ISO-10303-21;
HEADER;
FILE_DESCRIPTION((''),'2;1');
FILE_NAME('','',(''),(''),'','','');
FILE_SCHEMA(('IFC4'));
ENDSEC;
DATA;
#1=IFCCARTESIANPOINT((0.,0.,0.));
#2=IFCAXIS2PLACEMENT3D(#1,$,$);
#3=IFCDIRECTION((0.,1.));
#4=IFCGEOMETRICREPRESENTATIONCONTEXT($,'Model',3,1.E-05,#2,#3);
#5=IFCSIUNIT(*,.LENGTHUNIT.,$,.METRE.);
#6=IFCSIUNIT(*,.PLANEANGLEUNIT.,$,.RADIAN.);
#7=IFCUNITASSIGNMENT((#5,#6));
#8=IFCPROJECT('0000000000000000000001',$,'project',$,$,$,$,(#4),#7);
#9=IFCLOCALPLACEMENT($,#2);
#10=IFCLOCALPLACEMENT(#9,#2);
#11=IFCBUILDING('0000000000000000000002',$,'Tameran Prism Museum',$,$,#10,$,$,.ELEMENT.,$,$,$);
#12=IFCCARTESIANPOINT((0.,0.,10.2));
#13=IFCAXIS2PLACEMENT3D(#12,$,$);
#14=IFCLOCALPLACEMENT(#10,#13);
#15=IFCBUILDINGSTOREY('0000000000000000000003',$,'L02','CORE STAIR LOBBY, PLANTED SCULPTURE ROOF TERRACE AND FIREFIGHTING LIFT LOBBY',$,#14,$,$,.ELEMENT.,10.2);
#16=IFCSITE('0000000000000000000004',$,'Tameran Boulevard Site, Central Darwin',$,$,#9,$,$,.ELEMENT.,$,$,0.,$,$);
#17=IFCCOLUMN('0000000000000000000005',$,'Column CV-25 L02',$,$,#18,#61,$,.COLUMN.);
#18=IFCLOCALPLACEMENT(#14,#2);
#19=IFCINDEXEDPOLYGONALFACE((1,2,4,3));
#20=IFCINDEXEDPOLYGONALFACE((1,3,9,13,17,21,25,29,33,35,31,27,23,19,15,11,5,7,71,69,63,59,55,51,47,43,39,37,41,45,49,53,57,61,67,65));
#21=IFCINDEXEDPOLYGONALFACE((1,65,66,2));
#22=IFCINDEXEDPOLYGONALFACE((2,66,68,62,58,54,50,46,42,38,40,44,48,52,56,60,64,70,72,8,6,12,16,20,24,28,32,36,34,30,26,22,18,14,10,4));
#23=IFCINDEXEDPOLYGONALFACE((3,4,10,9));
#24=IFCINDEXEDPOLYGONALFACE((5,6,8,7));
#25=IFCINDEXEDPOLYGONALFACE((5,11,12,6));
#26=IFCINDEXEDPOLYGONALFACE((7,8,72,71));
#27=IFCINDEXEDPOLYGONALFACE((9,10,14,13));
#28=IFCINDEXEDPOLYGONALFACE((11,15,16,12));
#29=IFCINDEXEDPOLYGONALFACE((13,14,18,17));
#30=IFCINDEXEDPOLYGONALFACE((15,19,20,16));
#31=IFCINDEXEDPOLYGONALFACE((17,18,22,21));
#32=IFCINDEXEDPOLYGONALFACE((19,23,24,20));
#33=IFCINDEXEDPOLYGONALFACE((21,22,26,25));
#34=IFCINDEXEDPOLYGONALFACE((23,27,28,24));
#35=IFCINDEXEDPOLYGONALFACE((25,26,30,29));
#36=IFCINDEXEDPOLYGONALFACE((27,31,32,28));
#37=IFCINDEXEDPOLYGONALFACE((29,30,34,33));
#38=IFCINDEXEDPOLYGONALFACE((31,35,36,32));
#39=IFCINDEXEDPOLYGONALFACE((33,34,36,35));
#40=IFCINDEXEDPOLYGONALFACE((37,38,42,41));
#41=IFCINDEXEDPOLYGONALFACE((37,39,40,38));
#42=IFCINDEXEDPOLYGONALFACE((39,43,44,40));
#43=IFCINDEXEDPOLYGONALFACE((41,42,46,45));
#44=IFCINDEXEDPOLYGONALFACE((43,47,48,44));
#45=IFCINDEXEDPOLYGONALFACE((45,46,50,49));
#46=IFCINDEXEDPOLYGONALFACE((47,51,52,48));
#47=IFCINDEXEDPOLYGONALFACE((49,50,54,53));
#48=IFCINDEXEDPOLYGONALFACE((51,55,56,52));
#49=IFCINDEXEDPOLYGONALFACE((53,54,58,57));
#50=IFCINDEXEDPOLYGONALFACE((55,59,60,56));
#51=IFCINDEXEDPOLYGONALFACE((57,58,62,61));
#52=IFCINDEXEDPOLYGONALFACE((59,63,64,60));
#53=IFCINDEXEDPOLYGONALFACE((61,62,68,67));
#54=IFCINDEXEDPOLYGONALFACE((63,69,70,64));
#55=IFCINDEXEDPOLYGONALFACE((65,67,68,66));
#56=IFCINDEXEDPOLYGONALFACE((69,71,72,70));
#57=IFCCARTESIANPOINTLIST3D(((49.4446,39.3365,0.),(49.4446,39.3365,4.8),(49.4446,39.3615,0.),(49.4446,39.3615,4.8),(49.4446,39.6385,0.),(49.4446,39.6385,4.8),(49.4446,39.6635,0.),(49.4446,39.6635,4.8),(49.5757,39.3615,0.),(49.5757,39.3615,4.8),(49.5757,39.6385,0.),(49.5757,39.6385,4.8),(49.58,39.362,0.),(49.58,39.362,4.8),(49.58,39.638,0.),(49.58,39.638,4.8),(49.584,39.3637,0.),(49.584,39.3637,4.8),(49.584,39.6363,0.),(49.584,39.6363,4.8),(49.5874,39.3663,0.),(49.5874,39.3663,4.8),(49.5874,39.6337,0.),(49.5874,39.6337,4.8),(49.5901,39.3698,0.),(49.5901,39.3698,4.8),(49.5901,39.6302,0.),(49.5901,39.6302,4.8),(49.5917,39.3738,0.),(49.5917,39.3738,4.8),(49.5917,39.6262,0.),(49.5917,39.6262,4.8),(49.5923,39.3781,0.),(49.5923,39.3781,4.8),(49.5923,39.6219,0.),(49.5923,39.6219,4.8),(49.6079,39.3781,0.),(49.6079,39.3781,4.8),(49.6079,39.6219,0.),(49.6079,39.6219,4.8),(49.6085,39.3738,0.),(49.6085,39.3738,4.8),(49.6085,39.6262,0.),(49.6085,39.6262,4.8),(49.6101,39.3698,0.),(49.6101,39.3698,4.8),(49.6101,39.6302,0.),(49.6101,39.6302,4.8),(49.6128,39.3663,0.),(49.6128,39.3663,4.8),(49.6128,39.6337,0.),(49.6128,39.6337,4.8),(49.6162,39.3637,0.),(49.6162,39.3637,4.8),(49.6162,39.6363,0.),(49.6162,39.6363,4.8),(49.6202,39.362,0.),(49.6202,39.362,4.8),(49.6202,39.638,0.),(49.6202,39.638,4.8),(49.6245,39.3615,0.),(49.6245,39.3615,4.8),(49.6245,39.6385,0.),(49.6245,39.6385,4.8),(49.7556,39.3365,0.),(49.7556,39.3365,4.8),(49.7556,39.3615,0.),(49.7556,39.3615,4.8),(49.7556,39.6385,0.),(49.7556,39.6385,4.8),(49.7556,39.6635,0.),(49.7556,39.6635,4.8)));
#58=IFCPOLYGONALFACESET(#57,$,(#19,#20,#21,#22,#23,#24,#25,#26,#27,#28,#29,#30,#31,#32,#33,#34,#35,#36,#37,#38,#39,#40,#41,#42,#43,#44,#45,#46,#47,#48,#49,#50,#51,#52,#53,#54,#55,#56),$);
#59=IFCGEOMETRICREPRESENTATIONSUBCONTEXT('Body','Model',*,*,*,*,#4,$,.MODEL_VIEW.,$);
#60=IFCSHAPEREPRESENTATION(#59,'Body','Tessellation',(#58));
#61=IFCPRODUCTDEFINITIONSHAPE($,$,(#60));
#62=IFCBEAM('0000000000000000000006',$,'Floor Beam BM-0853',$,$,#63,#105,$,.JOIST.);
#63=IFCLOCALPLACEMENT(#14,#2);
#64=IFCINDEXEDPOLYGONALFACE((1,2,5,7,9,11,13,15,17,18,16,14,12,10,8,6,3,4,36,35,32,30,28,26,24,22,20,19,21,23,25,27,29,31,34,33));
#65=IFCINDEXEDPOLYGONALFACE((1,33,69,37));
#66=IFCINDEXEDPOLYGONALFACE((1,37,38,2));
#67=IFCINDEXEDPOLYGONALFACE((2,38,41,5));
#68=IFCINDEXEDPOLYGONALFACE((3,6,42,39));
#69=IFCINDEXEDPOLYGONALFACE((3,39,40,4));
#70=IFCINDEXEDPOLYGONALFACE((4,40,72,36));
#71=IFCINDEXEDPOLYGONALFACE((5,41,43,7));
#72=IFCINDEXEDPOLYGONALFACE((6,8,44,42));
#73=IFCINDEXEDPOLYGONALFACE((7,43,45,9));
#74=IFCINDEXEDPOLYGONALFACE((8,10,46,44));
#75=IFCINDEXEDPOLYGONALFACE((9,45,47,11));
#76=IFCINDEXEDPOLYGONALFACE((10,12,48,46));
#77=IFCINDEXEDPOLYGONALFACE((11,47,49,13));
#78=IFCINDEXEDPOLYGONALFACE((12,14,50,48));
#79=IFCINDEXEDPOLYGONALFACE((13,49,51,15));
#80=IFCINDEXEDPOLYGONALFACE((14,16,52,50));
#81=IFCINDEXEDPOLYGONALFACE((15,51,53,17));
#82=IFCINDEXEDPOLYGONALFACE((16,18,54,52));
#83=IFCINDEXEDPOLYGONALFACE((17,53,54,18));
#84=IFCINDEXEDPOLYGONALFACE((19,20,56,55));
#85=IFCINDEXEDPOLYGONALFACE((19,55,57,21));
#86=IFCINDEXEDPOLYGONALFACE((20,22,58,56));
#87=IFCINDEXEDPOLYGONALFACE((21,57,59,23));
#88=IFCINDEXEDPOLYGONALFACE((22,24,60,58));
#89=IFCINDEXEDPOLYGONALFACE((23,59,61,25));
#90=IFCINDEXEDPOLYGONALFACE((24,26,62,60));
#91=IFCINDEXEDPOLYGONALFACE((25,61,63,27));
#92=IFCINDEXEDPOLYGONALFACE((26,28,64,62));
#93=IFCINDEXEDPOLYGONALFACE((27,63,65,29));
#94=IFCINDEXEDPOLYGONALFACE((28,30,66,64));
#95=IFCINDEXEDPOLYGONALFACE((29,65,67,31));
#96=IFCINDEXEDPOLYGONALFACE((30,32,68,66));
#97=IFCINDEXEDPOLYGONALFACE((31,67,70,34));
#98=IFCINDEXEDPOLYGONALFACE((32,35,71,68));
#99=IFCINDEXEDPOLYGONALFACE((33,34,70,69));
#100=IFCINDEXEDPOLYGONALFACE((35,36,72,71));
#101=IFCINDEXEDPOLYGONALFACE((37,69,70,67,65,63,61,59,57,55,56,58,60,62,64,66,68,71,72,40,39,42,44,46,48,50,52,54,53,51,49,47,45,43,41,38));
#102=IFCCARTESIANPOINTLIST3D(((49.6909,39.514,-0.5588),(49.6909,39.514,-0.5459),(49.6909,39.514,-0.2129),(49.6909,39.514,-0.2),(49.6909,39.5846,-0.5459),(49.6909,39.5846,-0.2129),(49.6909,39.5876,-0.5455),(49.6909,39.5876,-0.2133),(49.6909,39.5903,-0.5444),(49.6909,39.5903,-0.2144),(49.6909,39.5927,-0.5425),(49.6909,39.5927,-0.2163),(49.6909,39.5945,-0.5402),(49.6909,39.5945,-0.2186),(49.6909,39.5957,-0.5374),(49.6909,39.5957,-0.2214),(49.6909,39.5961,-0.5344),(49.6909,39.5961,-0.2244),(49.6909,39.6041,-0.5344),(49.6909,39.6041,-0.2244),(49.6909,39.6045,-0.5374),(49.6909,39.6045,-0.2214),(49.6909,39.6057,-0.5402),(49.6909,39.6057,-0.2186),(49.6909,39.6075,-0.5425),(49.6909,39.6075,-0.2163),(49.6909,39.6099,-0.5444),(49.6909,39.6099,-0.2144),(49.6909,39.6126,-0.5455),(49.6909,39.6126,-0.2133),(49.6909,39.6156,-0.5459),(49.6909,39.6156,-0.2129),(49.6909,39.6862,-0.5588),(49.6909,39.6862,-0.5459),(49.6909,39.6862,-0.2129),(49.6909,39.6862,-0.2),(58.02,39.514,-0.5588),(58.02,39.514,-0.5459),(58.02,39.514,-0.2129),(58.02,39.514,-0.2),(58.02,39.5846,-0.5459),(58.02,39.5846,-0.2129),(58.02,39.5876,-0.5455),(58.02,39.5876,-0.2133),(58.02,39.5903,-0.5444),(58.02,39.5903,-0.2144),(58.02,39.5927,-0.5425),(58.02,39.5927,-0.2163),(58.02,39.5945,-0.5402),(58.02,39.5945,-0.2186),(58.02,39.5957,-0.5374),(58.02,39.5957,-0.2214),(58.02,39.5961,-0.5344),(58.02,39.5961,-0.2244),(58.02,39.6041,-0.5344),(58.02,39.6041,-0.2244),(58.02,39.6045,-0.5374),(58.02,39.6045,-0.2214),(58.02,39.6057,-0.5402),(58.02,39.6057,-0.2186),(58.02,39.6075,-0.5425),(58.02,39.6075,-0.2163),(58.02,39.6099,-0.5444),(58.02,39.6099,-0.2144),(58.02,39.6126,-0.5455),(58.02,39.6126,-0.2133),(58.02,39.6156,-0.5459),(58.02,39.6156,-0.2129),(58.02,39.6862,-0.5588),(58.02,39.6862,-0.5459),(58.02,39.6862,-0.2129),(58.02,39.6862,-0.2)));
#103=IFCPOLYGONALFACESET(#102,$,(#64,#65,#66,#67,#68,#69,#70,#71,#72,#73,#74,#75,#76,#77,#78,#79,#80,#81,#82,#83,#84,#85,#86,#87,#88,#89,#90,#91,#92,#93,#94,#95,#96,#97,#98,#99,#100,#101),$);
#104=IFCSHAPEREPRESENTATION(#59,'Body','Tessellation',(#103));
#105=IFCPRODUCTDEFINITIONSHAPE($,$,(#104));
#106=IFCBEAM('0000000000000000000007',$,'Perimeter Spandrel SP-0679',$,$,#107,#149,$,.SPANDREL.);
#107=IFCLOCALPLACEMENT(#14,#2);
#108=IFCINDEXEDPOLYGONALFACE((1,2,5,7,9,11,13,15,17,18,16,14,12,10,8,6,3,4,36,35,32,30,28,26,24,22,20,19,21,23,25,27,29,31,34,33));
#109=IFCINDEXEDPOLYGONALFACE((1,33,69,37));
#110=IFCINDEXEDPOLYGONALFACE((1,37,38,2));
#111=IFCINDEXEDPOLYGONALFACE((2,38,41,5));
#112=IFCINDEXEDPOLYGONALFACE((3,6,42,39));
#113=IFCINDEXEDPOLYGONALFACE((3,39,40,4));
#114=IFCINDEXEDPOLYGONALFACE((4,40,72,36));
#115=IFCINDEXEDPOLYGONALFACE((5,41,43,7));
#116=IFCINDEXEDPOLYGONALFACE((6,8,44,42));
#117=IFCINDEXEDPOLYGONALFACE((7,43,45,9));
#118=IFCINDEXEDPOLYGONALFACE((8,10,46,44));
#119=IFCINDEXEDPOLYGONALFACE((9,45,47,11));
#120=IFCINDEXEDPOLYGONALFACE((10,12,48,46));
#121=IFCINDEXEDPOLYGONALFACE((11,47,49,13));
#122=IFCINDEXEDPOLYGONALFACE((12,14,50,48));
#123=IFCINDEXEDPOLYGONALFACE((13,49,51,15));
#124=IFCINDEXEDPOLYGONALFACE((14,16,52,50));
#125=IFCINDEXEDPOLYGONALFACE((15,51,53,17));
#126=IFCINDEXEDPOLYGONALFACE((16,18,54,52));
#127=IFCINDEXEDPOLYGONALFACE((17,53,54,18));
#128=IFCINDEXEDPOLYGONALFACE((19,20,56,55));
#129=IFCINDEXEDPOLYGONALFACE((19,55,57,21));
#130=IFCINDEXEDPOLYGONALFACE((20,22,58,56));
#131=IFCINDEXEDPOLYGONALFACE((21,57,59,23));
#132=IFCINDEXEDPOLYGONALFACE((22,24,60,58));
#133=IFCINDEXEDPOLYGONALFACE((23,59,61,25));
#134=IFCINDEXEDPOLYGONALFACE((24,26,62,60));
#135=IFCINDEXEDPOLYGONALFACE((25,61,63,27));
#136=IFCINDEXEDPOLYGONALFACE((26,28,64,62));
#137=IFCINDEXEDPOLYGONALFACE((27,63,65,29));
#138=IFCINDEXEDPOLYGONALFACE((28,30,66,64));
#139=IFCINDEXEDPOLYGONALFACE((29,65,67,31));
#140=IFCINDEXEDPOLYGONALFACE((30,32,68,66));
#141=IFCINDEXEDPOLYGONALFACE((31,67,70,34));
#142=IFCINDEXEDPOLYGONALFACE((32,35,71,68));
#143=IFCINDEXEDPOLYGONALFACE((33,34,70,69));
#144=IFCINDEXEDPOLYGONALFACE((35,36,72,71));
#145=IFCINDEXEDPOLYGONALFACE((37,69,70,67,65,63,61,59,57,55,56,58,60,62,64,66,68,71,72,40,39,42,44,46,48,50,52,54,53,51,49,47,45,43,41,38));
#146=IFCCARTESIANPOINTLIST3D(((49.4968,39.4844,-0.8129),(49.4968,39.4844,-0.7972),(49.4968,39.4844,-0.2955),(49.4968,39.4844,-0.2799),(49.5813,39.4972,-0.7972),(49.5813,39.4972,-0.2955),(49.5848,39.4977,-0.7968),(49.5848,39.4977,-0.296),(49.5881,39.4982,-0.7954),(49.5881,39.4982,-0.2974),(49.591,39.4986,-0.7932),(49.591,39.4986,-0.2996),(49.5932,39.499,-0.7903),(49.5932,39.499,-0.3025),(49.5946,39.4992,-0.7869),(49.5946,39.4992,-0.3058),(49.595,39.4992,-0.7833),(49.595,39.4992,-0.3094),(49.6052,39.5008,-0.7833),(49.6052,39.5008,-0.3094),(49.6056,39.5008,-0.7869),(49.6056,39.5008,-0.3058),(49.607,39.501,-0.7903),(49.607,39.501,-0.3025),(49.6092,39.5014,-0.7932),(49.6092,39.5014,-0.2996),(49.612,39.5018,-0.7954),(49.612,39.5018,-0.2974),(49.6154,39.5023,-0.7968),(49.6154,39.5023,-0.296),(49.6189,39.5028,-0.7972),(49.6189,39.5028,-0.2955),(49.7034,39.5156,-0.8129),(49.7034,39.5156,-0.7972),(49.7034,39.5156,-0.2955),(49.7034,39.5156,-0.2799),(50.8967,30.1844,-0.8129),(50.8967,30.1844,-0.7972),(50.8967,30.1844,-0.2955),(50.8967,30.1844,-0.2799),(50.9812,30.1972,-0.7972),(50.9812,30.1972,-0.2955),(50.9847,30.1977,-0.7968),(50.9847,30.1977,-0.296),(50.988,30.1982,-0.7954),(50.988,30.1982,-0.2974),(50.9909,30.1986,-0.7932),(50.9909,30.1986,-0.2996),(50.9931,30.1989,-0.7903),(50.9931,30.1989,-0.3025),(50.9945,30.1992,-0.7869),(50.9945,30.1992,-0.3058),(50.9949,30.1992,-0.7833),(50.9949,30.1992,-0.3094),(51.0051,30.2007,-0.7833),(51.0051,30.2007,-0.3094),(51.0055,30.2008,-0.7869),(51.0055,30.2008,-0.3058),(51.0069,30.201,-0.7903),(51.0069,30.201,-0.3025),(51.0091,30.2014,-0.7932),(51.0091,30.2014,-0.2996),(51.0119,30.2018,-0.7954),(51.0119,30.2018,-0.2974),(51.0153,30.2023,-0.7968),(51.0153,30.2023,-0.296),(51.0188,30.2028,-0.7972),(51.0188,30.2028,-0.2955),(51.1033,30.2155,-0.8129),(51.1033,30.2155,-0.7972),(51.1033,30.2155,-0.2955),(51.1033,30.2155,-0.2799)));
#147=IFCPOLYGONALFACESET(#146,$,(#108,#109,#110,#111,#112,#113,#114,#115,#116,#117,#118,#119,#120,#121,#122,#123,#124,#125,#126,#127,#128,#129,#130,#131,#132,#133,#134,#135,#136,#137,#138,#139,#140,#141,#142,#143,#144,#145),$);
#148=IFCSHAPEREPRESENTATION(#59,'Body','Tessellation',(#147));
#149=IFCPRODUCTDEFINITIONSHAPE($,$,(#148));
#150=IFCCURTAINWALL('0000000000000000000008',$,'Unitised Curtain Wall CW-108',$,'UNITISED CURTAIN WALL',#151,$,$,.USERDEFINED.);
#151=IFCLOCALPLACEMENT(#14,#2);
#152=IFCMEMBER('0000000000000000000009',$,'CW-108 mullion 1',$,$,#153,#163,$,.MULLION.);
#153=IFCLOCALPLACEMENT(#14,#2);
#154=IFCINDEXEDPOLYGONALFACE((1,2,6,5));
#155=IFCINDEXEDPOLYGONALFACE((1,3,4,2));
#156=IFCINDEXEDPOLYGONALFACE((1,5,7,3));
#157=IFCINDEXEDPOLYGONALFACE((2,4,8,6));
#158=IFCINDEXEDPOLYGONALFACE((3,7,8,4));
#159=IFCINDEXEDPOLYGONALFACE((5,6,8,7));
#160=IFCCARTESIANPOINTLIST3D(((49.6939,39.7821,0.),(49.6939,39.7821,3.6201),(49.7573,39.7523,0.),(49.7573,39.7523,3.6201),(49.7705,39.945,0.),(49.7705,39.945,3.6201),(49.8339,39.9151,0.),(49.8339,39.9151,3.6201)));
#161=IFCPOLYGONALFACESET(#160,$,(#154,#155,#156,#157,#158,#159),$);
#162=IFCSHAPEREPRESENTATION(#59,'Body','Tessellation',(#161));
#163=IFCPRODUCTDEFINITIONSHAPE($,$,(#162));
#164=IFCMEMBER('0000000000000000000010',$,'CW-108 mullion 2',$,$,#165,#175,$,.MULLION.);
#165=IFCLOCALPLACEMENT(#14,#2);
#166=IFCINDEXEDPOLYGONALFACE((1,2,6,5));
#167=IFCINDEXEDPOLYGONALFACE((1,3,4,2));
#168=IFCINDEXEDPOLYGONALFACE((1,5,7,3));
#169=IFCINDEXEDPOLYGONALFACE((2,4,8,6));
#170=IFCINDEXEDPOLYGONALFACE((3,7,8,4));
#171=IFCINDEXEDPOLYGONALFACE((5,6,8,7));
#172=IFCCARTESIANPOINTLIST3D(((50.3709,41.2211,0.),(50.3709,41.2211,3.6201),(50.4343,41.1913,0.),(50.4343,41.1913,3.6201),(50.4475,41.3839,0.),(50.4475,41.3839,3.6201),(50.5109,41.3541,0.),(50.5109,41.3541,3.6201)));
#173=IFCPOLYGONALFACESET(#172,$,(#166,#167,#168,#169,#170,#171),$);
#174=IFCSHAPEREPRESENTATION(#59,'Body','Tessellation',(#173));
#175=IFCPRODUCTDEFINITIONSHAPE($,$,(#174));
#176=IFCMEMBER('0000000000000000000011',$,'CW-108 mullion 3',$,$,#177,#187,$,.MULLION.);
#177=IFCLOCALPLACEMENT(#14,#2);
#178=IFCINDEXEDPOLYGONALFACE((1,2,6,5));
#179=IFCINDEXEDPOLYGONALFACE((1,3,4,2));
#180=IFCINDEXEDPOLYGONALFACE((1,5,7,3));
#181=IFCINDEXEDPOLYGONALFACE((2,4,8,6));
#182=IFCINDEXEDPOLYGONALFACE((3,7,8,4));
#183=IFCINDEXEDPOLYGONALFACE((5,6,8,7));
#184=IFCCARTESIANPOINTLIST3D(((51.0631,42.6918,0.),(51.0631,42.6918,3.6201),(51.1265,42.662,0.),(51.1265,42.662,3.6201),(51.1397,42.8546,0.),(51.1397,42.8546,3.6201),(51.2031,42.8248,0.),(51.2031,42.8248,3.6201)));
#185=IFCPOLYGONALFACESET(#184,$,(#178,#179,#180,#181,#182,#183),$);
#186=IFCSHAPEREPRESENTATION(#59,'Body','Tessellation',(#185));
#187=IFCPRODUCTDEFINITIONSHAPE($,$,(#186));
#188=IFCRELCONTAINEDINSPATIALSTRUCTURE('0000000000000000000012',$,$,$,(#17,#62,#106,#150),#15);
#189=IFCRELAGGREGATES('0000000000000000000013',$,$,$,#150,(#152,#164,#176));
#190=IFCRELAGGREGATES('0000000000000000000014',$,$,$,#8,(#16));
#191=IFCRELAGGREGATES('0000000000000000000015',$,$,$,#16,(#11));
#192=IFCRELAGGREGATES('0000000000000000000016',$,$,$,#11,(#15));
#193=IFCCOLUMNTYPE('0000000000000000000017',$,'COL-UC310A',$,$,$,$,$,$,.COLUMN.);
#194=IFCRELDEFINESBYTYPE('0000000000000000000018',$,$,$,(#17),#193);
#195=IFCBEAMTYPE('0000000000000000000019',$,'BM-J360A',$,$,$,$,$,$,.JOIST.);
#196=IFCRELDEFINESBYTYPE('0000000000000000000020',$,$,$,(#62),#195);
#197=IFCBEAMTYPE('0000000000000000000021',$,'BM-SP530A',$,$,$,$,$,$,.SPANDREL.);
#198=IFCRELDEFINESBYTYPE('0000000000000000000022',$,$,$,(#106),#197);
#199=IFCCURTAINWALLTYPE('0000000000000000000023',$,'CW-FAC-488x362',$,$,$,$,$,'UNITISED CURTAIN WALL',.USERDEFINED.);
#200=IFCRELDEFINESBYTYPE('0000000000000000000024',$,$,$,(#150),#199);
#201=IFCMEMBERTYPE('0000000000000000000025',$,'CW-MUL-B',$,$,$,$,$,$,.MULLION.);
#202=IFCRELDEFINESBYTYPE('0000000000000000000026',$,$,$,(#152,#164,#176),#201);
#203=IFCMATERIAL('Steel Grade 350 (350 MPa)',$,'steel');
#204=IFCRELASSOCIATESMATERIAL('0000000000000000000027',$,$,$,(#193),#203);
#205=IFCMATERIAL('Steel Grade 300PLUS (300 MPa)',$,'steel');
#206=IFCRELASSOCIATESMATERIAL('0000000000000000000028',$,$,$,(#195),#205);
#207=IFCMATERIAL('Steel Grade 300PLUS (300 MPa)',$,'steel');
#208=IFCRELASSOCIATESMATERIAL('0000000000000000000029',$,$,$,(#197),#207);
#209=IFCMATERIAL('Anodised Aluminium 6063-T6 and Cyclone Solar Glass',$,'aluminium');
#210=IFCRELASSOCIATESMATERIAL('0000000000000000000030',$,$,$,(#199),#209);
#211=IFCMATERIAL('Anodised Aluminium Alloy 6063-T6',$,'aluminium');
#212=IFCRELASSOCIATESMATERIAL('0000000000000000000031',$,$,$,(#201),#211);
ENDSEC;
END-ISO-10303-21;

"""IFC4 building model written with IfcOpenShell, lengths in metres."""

from ifc_helpers import new_model, si_unit, direction, frame, origin, origin_2d, place, context, subcontext, project, spatial, rectangle, i_section, extrude, material, material_profile, profile_set, type_object, element, aggregate, save


model = new_model("IFC4")

# Units and contexts
model_context = context("Model", 3, precision=1e-05, world=origin(), true_north=direction((0.0, 1.0)))
body_context = subcontext(model_context, "Body", "Model", "MODEL_VIEW")
ifc_project = project(units=[si_unit("LENGTHUNIT", "METRE"), si_unit("PLANEANGLEUNIT", "RADIAN")], contexts=[model_context])

# Site, building, storey
site_placement = place(None, origin())
site = spatial("IfcSite", under=ifc_project, at=site_placement, Name="Tameran Boulevard Site, Central Darwin", CompositionType="ELEMENT", RefElevation=0.0)
building_placement = place(site_placement, origin())
building = spatial("IfcBuilding", under=site, at=building_placement, Name="Tameran Prism Museum", CompositionType="ELEMENT")
storey_placement = place(building_placement, frame((0.0, 0.0, 10.2)))
storey = spatial("IfcBuildingStorey", under=building, at=storey_placement, Name="L02", Description="CORE STAIR LOBBY, PLANTED SCULPTURE ROOF TERRACE AND FIREFIGHTING LIFT LOBBY", CompositionType="ELEMENT", Elevation=10.2)

# Column
ifc_material_1 = material(Name="Steel Grade 350 (350 MPa)", Category="steel")
ifc_material_profile_1 = material_profile(ifc_material_1, i_section(OverallWidth=0.311, OverallDepth=0.3269, WebThickness=0.0156, FlangeThickness=0.0249, FilletRadius=0.0166, at=origin_2d()))
ifc_profile_set_1 = profile_set([ifc_material_profile_1])
column_type = type_object("IfcColumnType", Name="COL-UC310A", PredefinedType="COLUMN", material=ifc_profile_set_1)
column_placement = place(storey_placement, frame((49.6001, 39.5, 0.0), z_axis=(0.0, 0.0, 1.0), x_axis=(1.0, 0.0, 0.0)))
element("IfcColumn", 1, at=column_placement, inside=storey, type_object=column_type, Name="Column CV-25 L02", PredefinedType="COLUMN", context=body_context, shape_type="SweptSolid", body=[
    extrude(i_section(OverallWidth=0.311, OverallDepth=0.3269, WebThickness=0.0156, FlangeThickness=0.0249, FilletRadius=0.0166, at=origin_2d()), origin(), (0.0, 0.0, 1.0), 4.8),
])

# Beams
ifc_material_2 = material(Name="Steel Grade 300PLUS (300 MPa)", Category="steel")
ifc_material_profile_2 = material_profile(ifc_material_2, i_section(OverallWidth=0.1721, OverallDepth=0.3589, WebThickness=0.0081, FlangeThickness=0.0129, FilletRadius=0.0115, at=origin_2d()))
ifc_profile_set_2 = profile_set([ifc_material_profile_2])
beam_type_1 = type_object("IfcBeamType", Name="BM-J360A", PredefinedType="JOIST", material=ifc_profile_set_2)
beam_1_placement = place(storey_placement, frame((49.6909, 39.6001, -0.3794), z_axis=(1.0, 0.0, 0.0), x_axis=(0.0, 1.0, 0.0)))
element("IfcBeam", 2, at=beam_1_placement, inside=storey, type_object=beam_type_1, Name="Floor Beam BM-0853", PredefinedType="JOIST", context=body_context, shape_type="SweptSolid", body=[
    extrude(i_section(OverallWidth=0.1721, OverallDepth=0.3589, WebThickness=0.0081, FlangeThickness=0.0129, FilletRadius=0.0115, at=origin_2d()), origin(), (0.0, 0.0, 1.0), 8.3291),
])
ifc_material_3 = material(Name="Steel Grade 300PLUS (300 MPa)", Category="steel")
ifc_material_profile_3 = material_profile(ifc_material_3, i_section(OverallWidth=0.209, OverallDepth=0.533, WebThickness=0.0103, FlangeThickness=0.0156, FilletRadius=0.0139, at=origin_2d()))
ifc_profile_set_3 = profile_set([ifc_material_profile_3])
beam_type_2 = type_object("IfcBeamType", Name="BM-SP530A", PredefinedType="SPANDREL", material=ifc_profile_set_3)
beam_2_placement = place(storey_placement, frame((49.6001, 39.5, -0.5464), z_axis=(0.148849, -0.98886, 0.0), x_axis=(0.98886, 0.148849, 0.0)))
element("IfcBeam", 3, at=beam_2_placement, inside=storey, type_object=beam_type_2, Name="Perimeter Spandrel SP-0679", PredefinedType="SPANDREL", context=body_context, shape_type="SweptSolid", body=[
    extrude(i_section(OverallWidth=0.209, OverallDepth=0.533, WebThickness=0.0103, FlangeThickness=0.0156, FilletRadius=0.0139, at=origin_2d()), origin(), (0.0, 0.0, 1.0), 9.4048),
])

# Curtain wall, members
ifc_material_4 = material(Name="Anodised Aluminium 6063-T6 and Cyclone Solar Glass", Category="aluminium")
curtain_wall_type = type_object("IfcCurtainWallType", Name="CW-FAC-488x362", ElementType="UNITISED CURTAIN WALL", PredefinedType="USERDEFINED", material=ifc_material_4)
curtain_wall_placement = place(storey_placement, origin())
curtain_wall = element("IfcCurtainWall", 4, at=curtain_wall_placement, inside=storey, type_object=curtain_wall_type, Name="Unitised Curtain Wall CW-108", ObjectType="UNITISED CURTAIN WALL", PredefinedType="USERDEFINED")
ifc_material_5 = material(Name="Anodised Aluminium Alloy 6063-T6", Category="aluminium")
ifc_material_profile_4 = material_profile(ifc_material_5, rectangle(XDim=0.0701, YDim=0.1799, at=origin_2d()))
ifc_profile_set_4 = profile_set([ifc_material_profile_4])
member_type_1 = type_object("IfcMemberType", Name="CW-MUL-B", PredefinedType="MULLION", material=ifc_profile_set_4)
member_1_placement = place(storey_placement, frame((49.7639, 39.8486, 0.0), z_axis=(0.0, 0.0, 1.0), x_axis=(-0.904837, 0.425758, 0.0)))
member_1 = element("IfcMember", 5, at=member_1_placement, type_object=member_type_1, Name="CW-108 mullion 1", PredefinedType="MULLION", context=body_context, shape_type="SweptSolid", body=[
    extrude(rectangle(XDim=0.0701, YDim=0.1799, at=origin_2d()), origin(), (0.0, 0.0, 1.0), 3.6201),
])
member_2_placement = place(storey_placement, frame((50.4409, 41.2876, 0.0), z_axis=(0.0, 0.0, 1.0), x_axis=(-0.904837, 0.425758, 0.0)))
member_2 = element("IfcMember", 6, at=member_2_placement, type_object=member_type_1, Name="CW-108 mullion 2", PredefinedType="MULLION", context=body_context, shape_type="SweptSolid", body=[
    extrude(rectangle(XDim=0.0701, YDim=0.1799, at=origin_2d()), origin(), (0.0, 0.0, 1.0), 3.6201),
])
member_3_placement = place(storey_placement, frame((51.1331, 42.7583, 0.0), z_axis=(0.0, 0.0, 1.0), x_axis=(-0.904837, 0.425758, 0.0)))
member_3 = element("IfcMember", 7, at=member_3_placement, type_object=member_type_1, Name="CW-108 mullion 3", PredefinedType="MULLION", context=body_context, shape_type="SweptSolid", body=[
    extrude(rectangle(XDim=0.0701, YDim=0.1799, at=origin_2d()), origin(), (0.0, 0.0, 1.0), 3.6201),
])
aggregate(curtain_wall, [member_1, member_2, member_3])

save(model, "model.ifc")
